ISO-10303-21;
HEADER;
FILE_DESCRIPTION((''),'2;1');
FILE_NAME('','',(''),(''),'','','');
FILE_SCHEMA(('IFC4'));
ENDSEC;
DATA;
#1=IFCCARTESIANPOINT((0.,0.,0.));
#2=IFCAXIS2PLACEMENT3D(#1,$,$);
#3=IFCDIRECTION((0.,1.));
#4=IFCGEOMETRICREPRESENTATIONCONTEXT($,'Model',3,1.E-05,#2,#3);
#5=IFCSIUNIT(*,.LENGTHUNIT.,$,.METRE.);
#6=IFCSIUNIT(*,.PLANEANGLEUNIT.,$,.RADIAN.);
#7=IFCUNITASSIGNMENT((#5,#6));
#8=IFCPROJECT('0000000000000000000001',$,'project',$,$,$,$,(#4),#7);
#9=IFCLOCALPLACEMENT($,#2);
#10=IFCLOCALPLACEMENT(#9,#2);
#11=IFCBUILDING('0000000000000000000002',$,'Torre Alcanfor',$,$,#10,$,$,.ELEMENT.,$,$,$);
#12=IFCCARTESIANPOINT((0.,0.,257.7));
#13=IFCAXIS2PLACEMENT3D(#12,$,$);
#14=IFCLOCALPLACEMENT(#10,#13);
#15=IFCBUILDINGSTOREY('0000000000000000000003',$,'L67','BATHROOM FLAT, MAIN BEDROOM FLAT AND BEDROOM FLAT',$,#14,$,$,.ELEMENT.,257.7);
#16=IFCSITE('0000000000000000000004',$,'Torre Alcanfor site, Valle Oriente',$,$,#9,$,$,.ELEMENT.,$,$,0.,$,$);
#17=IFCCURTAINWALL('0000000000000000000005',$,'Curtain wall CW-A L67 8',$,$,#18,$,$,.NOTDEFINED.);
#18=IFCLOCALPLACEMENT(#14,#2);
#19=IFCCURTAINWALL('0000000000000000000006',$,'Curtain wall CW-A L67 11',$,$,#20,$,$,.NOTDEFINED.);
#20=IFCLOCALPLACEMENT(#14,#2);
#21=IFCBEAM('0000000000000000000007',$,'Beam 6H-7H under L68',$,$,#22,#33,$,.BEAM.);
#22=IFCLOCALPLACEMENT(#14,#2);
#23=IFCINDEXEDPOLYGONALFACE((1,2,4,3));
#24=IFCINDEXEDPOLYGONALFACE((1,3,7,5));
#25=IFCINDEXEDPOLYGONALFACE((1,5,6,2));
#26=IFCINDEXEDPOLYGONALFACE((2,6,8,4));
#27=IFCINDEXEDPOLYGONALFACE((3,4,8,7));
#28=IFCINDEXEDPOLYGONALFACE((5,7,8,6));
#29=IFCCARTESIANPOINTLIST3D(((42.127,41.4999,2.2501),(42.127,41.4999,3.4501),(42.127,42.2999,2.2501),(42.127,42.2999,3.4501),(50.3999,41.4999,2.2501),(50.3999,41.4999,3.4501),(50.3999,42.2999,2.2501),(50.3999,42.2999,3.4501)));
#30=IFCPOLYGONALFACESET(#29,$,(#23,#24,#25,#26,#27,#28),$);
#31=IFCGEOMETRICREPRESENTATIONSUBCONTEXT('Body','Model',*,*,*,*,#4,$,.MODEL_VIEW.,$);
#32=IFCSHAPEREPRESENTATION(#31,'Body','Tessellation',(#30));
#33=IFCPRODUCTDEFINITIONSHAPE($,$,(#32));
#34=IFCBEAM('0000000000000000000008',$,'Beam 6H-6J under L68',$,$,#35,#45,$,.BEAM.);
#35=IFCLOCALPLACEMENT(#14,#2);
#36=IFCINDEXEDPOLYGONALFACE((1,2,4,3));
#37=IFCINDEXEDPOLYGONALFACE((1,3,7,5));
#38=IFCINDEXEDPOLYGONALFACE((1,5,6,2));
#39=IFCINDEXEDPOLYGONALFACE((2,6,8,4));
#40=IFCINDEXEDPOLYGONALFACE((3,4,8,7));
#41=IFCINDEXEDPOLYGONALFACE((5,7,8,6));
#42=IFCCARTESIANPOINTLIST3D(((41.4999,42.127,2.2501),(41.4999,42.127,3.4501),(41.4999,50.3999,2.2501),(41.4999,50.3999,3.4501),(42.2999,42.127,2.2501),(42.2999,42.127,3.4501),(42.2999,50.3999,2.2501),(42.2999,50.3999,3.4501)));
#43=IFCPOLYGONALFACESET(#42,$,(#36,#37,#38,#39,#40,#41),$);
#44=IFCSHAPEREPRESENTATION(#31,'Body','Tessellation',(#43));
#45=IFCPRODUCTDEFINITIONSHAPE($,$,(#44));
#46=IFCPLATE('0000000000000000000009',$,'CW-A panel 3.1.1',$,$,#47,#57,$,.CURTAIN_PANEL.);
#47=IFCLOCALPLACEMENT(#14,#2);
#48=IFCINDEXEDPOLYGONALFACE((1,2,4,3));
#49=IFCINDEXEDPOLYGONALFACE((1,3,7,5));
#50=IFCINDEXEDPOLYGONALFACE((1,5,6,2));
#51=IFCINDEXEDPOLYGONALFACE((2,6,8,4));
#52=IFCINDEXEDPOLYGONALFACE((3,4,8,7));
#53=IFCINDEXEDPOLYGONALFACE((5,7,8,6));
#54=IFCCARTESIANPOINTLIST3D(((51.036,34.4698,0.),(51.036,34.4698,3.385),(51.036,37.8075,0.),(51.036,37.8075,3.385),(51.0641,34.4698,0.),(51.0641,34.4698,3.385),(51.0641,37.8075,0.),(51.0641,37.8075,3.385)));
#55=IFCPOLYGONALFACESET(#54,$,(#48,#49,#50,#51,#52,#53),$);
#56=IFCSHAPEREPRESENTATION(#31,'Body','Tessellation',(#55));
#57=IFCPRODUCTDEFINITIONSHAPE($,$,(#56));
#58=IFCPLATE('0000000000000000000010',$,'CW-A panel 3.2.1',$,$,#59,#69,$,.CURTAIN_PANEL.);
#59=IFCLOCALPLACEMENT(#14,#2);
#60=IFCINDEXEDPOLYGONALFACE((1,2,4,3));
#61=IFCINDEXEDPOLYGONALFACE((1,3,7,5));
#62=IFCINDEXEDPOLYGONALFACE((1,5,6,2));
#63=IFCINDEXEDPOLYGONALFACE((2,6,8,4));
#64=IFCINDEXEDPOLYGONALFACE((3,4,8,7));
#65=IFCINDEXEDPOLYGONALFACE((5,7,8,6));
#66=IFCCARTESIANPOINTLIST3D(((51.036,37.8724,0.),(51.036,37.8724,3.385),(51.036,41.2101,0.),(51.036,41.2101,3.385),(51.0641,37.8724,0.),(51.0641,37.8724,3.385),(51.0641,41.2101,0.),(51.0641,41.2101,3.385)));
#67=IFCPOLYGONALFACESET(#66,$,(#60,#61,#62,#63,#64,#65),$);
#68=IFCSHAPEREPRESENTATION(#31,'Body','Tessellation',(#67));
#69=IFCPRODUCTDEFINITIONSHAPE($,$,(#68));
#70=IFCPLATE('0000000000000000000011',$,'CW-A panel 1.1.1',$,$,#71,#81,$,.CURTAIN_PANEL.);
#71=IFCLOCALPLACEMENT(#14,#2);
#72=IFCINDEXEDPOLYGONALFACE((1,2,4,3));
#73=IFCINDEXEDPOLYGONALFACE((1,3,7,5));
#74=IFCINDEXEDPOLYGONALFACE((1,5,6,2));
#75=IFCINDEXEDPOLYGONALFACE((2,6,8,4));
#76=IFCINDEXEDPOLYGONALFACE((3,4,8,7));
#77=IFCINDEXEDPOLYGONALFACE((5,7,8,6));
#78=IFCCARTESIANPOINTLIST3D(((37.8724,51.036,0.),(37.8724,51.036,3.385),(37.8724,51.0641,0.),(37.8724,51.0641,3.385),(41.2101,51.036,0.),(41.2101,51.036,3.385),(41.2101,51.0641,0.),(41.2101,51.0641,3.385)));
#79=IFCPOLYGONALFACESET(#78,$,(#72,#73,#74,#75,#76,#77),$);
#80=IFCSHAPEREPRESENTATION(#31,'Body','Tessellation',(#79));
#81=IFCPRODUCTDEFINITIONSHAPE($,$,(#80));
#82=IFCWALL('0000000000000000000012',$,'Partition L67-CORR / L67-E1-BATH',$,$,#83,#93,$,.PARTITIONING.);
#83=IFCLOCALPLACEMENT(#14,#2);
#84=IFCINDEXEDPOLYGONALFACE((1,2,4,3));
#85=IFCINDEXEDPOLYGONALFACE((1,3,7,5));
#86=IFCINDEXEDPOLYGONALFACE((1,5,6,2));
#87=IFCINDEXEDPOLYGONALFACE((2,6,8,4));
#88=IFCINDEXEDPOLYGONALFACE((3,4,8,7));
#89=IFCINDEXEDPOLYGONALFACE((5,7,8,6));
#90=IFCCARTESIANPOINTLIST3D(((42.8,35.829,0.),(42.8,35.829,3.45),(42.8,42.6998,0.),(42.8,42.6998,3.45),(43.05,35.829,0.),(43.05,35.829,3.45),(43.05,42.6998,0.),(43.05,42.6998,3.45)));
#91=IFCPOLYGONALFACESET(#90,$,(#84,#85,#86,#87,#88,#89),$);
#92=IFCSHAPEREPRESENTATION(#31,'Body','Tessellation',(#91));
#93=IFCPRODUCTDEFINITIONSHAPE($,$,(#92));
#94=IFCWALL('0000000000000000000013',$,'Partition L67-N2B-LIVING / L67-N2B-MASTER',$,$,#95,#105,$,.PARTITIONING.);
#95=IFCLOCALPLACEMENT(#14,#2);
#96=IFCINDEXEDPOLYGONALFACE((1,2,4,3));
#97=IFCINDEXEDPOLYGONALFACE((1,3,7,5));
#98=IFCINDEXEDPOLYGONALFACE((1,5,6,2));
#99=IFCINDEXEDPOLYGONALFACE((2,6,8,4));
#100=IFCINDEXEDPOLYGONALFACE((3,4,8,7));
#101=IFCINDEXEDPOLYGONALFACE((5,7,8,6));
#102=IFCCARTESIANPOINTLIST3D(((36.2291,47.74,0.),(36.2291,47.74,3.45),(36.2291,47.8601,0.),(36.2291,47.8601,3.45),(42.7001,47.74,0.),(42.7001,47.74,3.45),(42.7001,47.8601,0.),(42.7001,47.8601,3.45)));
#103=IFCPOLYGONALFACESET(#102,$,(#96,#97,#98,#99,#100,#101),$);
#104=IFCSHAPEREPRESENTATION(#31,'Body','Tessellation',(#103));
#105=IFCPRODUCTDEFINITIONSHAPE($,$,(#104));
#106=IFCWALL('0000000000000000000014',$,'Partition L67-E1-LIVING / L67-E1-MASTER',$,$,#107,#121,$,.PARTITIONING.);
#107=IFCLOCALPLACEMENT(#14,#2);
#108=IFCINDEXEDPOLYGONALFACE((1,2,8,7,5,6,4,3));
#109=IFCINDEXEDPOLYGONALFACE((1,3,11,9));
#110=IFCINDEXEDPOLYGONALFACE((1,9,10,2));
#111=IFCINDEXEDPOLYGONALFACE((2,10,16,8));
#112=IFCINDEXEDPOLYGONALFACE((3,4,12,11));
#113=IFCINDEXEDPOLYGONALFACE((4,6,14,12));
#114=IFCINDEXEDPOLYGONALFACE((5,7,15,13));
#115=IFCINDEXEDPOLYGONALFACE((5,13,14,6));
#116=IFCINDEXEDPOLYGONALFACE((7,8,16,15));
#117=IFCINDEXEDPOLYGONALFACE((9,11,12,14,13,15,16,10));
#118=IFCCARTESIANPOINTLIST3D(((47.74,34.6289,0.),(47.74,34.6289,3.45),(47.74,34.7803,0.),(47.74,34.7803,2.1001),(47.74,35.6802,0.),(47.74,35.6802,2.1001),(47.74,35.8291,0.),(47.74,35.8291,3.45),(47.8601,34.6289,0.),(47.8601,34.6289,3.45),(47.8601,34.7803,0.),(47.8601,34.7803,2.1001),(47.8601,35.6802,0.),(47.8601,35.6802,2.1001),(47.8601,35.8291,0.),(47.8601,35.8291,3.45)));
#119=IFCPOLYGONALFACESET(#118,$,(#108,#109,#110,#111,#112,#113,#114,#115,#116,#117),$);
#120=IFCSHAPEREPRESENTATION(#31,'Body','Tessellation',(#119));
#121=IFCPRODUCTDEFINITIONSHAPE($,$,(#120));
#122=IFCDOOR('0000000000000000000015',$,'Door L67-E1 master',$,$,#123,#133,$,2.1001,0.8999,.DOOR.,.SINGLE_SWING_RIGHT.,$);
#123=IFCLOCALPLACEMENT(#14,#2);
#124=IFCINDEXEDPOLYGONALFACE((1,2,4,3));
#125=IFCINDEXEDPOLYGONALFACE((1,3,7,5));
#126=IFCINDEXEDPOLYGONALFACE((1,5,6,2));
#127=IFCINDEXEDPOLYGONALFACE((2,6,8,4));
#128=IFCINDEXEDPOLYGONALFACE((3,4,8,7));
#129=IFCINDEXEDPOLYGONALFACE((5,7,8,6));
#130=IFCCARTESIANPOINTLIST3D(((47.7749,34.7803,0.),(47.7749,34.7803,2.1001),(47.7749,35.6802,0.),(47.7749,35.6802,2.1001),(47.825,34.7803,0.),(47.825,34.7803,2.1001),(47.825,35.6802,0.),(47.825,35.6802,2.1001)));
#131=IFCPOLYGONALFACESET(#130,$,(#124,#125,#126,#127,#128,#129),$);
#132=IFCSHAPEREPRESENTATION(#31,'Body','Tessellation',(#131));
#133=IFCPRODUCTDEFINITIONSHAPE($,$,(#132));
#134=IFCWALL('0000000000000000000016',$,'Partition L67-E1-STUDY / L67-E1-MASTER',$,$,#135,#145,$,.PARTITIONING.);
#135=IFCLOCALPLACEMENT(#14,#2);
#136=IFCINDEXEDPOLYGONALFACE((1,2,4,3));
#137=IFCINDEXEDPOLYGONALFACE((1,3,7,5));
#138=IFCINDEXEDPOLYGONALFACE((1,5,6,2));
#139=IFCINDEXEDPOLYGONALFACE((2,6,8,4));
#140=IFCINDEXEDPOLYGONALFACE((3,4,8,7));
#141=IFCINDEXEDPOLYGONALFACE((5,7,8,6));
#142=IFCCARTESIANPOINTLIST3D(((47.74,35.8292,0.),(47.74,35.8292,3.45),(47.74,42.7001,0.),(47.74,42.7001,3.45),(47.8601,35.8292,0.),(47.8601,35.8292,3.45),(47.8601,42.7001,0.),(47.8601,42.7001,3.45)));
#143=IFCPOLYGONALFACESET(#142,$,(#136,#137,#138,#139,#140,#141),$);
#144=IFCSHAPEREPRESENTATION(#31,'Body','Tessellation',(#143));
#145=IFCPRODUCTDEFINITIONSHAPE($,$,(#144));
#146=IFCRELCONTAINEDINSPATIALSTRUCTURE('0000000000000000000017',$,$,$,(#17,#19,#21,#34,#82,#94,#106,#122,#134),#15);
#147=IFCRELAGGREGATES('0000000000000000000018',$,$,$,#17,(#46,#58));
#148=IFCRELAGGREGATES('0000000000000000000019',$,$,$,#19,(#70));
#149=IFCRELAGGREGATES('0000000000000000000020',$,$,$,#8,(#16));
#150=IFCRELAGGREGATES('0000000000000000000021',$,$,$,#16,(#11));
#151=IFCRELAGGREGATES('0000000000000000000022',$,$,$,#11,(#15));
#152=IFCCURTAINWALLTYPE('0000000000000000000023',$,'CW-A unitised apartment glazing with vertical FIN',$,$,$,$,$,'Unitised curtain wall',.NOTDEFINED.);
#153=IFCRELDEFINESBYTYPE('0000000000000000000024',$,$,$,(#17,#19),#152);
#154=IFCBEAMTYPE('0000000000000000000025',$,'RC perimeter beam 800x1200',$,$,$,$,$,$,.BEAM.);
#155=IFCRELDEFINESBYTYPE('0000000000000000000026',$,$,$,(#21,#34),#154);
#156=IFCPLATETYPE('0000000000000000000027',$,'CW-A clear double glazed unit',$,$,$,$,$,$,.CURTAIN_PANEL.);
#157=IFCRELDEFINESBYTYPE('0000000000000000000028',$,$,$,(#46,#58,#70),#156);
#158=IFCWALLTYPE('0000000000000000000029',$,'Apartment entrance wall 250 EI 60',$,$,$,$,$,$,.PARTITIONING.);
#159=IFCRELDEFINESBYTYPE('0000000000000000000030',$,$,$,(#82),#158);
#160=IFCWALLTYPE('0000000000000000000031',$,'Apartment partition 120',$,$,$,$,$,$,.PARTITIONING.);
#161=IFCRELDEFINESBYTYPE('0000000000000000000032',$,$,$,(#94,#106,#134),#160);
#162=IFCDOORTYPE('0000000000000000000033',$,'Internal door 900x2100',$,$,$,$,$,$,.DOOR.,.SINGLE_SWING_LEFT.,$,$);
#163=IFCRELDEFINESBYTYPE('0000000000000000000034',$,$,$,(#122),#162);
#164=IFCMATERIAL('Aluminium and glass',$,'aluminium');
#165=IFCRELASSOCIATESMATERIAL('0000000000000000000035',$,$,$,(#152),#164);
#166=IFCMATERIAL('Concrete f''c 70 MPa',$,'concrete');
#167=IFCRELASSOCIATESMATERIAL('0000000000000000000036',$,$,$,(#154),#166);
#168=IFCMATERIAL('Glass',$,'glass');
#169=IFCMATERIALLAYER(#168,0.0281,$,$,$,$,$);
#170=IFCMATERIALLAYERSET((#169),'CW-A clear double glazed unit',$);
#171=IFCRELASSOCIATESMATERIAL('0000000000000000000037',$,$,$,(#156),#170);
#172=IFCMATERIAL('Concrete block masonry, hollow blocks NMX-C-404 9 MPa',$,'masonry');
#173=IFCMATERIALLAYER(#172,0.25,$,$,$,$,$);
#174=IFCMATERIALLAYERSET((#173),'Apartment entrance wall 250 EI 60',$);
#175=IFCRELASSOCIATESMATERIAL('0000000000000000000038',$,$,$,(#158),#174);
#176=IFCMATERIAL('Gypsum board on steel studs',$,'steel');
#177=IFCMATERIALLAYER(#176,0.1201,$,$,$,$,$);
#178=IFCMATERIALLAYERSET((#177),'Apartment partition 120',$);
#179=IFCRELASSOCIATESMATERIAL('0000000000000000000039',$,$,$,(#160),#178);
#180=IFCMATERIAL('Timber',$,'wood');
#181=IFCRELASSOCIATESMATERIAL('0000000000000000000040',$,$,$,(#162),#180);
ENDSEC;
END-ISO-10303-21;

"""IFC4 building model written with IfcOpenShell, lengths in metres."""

from ifc_helpers import new_model, si_unit, direction, frame, frame_2d, origin, origin_2d, place, context, subcontext, project, spatial, rectangle, extrude, material, layer, layer_set, material_profile, profile_set, type_object, element, fill, aggregate, save


model = new_model("IFC4")

# Units and contexts
model_context = context("Model", 3, precision=1e-05, world=origin(), true_north=direction((0.0, 1.0)))
body_context = subcontext(model_context, "Body", "Model", "MODEL_VIEW")
ifc_project = project(units=[si_unit("LENGTHUNIT", "METRE"), si_unit("PLANEANGLEUNIT", "RADIAN")], contexts=[model_context])

# Site, building, storey
site_placement = place(None, origin())
site = spatial("IfcSite", under=ifc_project, at=site_placement, Name="Torre Alcanfor site, Valle Oriente", CompositionType="ELEMENT", RefElevation=0.0)
building_placement = place(site_placement, origin())
building = spatial("IfcBuilding", under=site, at=building_placement, Name="Torre Alcanfor", CompositionType="ELEMENT")
storey_placement = place(building_placement, frame((0.0, 0.0, 257.7)))
storey = spatial("IfcBuildingStorey", under=building, at=storey_placement, Name="L67", Description="BATHROOM FLAT, MAIN BEDROOM FLAT AND BEDROOM FLAT", CompositionType="ELEMENT", Elevation=257.7)

# Curtain wall
ifc_material_1 = material(Name="Aluminium and glass", Category="aluminium")
curtain_wall_type = type_object("IfcCurtainWallType", Name="CW-A unitised apartment glazing with vertical FIN", ElementType="Unitised curtain wall", PredefinedType="NOTDEFINED", material=ifc_material_1)
curtain_wall_1_placement = place(storey_placement, origin())
curtain_wall_1 = element("IfcCurtainWall", 1, at=curtain_wall_1_placement, inside=storey, type_object=curtain_wall_type, Name="Curtain wall CW-A L67 8", PredefinedType="NOTDEFINED")

# Curtain wall
curtain_wall_2_placement = place(storey_placement, origin())
curtain_wall_2 = element("IfcCurtainWall", 2, at=curtain_wall_2_placement, inside=storey, type_object=curtain_wall_type, Name="Curtain wall CW-A L67 11", PredefinedType="NOTDEFINED")

# Beams
ifc_material_2 = material(Name="Concrete f'c 70 MPa", Category="concrete")
ifc_material_profile_1 = material_profile(ifc_material_2, rectangle(XDim=0.8, YDim=1.2, at=origin_2d()), Name="800x1200")
ifc_profile_set_1 = profile_set([ifc_material_profile_1], Name="Concrete f'c 70 MPa")
beam_type = type_object("IfcBeamType", Name="RC perimeter beam 800x1200", PredefinedType="BEAM", material=ifc_profile_set_1)
for number, where, z_axis, x_axis, name in (
    (3, (42.127, 41.8999, 2.8501), (1.0, 0.0, 0.0), (0.0, 1.0, 0.0), "Beam 6H-7H under L68"),
    (4, (41.8999, 42.127, 2.8501), (0.0, 1.0, 0.0), (-1.0, 0.0, 0.0), "Beam 6H-6J under L68"),
):
    element("IfcBeam", number, at=place(storey_placement, frame(where, z_axis=z_axis, x_axis=x_axis)), inside=storey, type_object=beam_type, Name=name, PredefinedType="BEAM", context=body_context, shape_type="SweptSolid", body=[
        extrude(rectangle(XDim=0.8, YDim=1.2, at=origin_2d()), origin(), (0.0, 0.0, 1.0), 8.2729),
    ])

# Plates
ifc_material_3 = material(Name="Glass", Category="glass")
ifc_layer_1 = layer(ifc_material_3, 0.0281)
ifc_layer_set_1 = layer_set([ifc_layer_1], Name="CW-A clear double glazed unit")
plate_type = type_object("IfcPlateType", Name="CW-A clear double glazed unit", PredefinedType="CURTAIN_PANEL", material=ifc_layer_set_1)
plate_1_placement = place(storey_placement, frame((51.05, 36.1387, 0.0), z_axis=(0.0, 0.0, 1.0), x_axis=(0.0, 1.0, 0.0)))
plate_1 = element("IfcPlate", 5, at=plate_1_placement, type_object=plate_type, Name="CW-A panel 3.1.1", PredefinedType="CURTAIN_PANEL", context=body_context, shape_type="SweptSolid", body=[
    extrude(rectangle(XDim=3.3376, YDim=0.0281, at=origin_2d()), origin(), (0.0, 0.0, 1.0), 3.385),
])
plate_2_placement = place(storey_placement, frame((51.05, 39.5413, 0.0), z_axis=(0.0, 0.0, 1.0), x_axis=(0.0, 1.0, 0.0)))
plate_2 = element("IfcPlate", 6, at=plate_2_placement, type_object=plate_type, Name="CW-A panel 3.2.1", PredefinedType="CURTAIN_PANEL", context=body_context, shape_type="SweptSolid", body=[
    extrude(rectangle(XDim=3.3376, YDim=0.0281, at=origin_2d()), origin(), (0.0, 0.0, 1.0), 3.385),
])
aggregate(curtain_wall_1, [plate_1, plate_2])
plate_3_placement = place(storey_placement, frame((39.5413, 51.05, 0.0), z_axis=(0.0, 0.0, 1.0), x_axis=(-1.0, 0.0, 0.0)))
plate_3 = element("IfcPlate", 7, at=plate_3_placement, type_object=plate_type, Name="CW-A panel 1.1.1", PredefinedType="CURTAIN_PANEL", context=body_context, shape_type="SweptSolid", body=[
    extrude(rectangle(XDim=3.3376, YDim=0.0281, at=origin_2d()), origin(), (0.0, 0.0, 1.0), 3.385),
])
aggregate(curtain_wall_2, [plate_3])

# Walls
ifc_material_4 = material(Name="Concrete block masonry, hollow blocks NMX-C-404 9 MPa", Category="masonry")
ifc_layer_2 = layer(ifc_material_4, 0.25)
ifc_layer_set_2 = layer_set([ifc_layer_2], Name="Apartment entrance wall 250 EI 60")
wall_type_1 = type_object("IfcWallType", Name="Apartment entrance wall 250 EI 60", PredefinedType="PARTITIONING", material=ifc_layer_set_2)
wall_1_placement = place(storey_placement, frame((42.925, 42.7, 0.0), z_axis=(0.0, 0.0, 1.0), x_axis=(0.0, -1.0, 0.0)))
element("IfcWall", 8, at=wall_1_placement, inside=storey, type_object=wall_type_1, Name="Partition L67-CORR / L67-E1-BATH", PredefinedType="PARTITIONING", context=body_context, shape_type="SweptSolid", body=[
    extrude(rectangle(XDim=6.8708, YDim=0.25, at=frame_2d((3.4355, 0.0))), origin(), (0.0, 0.0, 1.0), 3.45),
])
ifc_material_5 = material(Name="Gypsum board on steel studs", Category="steel")
ifc_layer_3 = layer(ifc_material_5, 0.1201)
ifc_layer_set_3 = layer_set([ifc_layer_3], Name="Apartment partition 120")
wall_type_2 = type_object("IfcWallType", Name="Apartment partition 120", PredefinedType="PARTITIONING", material=ifc_layer_set_3)
wall_2_placement = place(storey_placement, frame((42.7, 47.8, 0.0), z_axis=(0.0, 0.0, 1.0), x_axis=(-1.0, 0.0, 0.0)))
element("IfcWall", 9, at=wall_2_placement, inside=storey, type_object=wall_type_2, Name="Partition L67-N2B-LIVING / L67-N2B-MASTER", PredefinedType="PARTITIONING", context=body_context, shape_type="SweptSolid", body=[
    extrude(rectangle(XDim=6.4709, YDim=0.1201, at=frame_2d((3.2354, 0.0))), origin(), (0.0, 0.0, 1.0), 3.45),
])

# Wall, opening, door
wall_3_placement = place(storey_placement, frame((47.8, 35.8291, 0.0), z_axis=(0.0, 0.0, 1.0), x_axis=(0.0, -1.0, 0.0)))
wall_3 = element("IfcWall", 10, at=wall_3_placement, inside=storey, type_object=wall_type_2, Name="Partition L67-E1-LIVING / L67-E1-MASTER", PredefinedType="PARTITIONING", context=body_context, shape_type="SweptSolid", body=[
    extrude(rectangle(XDim=1.2002, YDim=0.1201, at=frame_2d((0.6001, 0.0))), origin(), (0.0, 0.0, 1.0), 3.45),
])
opening_1_placement = place(wall_3_placement, frame((0.1489, 0.0, 0.0)))
opening_1 = element("IfcOpeningElement", 11, at=opening_1_placement, cuts=wall_3, PredefinedType="OPENING", context=body_context, shape_type="SweptSolid", body=[
    extrude(rectangle(XDim=0.8999, YDim=2.1001, at=frame_2d((0.45, 1.05))), frame((0.0, 0.0701, 0.0), z_axis=(0.0, -1.0, 0.0), x_axis=(1.0, 0.0, 0.0)), (0.0, 0.0, 1.0), 0.1401),
])
ifc_material_6 = material(Name="Timber", Category="wood")
door_type_1 = type_object("IfcDoorType", Name="Internal door 900x2100", OperationType="SINGLE_SWING_LEFT", PredefinedType="DOOR", material=ifc_material_6)
door_1_placement = place(opening_1_placement, origin())
door_1 = element("IfcDoor", 12, at=door_1_placement, inside=storey, type_object=door_type_1, Name="Door L67-E1 master", OperationType="SINGLE_SWING_RIGHT", OverallHeight=2.1001, OverallWidth=0.8999, PredefinedType="DOOR", context=body_context, shape_type="SweptSolid", body=[
    extrude(rectangle(XDim=0.8999, YDim=2.1001, at=frame_2d((0.45, 1.05))), frame((0.0, 0.0249, 0.0), z_axis=(0.0, -1.0, 0.0), x_axis=(1.0, 0.0, 0.0)), (0.0, 0.0, 1.0), 0.05),
])
fill(opening_1, door_1)

# Wall
wall_4_placement = place(storey_placement, frame((47.8, 35.8291, 0.0), z_axis=(0.0, 0.0, 1.0), x_axis=(0.0, 1.0, 0.0)))
element("IfcWall", 13, at=wall_4_placement, inside=storey, type_object=wall_type_2, Name="Partition L67-E1-STUDY / L67-E1-MASTER", PredefinedType="PARTITIONING", context=body_context, shape_type="SweptSolid", body=[
    extrude(rectangle(XDim=6.8708, YDim=0.1201, at=frame_2d((3.4355, 0.0))), origin(), (0.0, 0.0, 1.0), 3.45),
])

save(model, "model.ifc")
